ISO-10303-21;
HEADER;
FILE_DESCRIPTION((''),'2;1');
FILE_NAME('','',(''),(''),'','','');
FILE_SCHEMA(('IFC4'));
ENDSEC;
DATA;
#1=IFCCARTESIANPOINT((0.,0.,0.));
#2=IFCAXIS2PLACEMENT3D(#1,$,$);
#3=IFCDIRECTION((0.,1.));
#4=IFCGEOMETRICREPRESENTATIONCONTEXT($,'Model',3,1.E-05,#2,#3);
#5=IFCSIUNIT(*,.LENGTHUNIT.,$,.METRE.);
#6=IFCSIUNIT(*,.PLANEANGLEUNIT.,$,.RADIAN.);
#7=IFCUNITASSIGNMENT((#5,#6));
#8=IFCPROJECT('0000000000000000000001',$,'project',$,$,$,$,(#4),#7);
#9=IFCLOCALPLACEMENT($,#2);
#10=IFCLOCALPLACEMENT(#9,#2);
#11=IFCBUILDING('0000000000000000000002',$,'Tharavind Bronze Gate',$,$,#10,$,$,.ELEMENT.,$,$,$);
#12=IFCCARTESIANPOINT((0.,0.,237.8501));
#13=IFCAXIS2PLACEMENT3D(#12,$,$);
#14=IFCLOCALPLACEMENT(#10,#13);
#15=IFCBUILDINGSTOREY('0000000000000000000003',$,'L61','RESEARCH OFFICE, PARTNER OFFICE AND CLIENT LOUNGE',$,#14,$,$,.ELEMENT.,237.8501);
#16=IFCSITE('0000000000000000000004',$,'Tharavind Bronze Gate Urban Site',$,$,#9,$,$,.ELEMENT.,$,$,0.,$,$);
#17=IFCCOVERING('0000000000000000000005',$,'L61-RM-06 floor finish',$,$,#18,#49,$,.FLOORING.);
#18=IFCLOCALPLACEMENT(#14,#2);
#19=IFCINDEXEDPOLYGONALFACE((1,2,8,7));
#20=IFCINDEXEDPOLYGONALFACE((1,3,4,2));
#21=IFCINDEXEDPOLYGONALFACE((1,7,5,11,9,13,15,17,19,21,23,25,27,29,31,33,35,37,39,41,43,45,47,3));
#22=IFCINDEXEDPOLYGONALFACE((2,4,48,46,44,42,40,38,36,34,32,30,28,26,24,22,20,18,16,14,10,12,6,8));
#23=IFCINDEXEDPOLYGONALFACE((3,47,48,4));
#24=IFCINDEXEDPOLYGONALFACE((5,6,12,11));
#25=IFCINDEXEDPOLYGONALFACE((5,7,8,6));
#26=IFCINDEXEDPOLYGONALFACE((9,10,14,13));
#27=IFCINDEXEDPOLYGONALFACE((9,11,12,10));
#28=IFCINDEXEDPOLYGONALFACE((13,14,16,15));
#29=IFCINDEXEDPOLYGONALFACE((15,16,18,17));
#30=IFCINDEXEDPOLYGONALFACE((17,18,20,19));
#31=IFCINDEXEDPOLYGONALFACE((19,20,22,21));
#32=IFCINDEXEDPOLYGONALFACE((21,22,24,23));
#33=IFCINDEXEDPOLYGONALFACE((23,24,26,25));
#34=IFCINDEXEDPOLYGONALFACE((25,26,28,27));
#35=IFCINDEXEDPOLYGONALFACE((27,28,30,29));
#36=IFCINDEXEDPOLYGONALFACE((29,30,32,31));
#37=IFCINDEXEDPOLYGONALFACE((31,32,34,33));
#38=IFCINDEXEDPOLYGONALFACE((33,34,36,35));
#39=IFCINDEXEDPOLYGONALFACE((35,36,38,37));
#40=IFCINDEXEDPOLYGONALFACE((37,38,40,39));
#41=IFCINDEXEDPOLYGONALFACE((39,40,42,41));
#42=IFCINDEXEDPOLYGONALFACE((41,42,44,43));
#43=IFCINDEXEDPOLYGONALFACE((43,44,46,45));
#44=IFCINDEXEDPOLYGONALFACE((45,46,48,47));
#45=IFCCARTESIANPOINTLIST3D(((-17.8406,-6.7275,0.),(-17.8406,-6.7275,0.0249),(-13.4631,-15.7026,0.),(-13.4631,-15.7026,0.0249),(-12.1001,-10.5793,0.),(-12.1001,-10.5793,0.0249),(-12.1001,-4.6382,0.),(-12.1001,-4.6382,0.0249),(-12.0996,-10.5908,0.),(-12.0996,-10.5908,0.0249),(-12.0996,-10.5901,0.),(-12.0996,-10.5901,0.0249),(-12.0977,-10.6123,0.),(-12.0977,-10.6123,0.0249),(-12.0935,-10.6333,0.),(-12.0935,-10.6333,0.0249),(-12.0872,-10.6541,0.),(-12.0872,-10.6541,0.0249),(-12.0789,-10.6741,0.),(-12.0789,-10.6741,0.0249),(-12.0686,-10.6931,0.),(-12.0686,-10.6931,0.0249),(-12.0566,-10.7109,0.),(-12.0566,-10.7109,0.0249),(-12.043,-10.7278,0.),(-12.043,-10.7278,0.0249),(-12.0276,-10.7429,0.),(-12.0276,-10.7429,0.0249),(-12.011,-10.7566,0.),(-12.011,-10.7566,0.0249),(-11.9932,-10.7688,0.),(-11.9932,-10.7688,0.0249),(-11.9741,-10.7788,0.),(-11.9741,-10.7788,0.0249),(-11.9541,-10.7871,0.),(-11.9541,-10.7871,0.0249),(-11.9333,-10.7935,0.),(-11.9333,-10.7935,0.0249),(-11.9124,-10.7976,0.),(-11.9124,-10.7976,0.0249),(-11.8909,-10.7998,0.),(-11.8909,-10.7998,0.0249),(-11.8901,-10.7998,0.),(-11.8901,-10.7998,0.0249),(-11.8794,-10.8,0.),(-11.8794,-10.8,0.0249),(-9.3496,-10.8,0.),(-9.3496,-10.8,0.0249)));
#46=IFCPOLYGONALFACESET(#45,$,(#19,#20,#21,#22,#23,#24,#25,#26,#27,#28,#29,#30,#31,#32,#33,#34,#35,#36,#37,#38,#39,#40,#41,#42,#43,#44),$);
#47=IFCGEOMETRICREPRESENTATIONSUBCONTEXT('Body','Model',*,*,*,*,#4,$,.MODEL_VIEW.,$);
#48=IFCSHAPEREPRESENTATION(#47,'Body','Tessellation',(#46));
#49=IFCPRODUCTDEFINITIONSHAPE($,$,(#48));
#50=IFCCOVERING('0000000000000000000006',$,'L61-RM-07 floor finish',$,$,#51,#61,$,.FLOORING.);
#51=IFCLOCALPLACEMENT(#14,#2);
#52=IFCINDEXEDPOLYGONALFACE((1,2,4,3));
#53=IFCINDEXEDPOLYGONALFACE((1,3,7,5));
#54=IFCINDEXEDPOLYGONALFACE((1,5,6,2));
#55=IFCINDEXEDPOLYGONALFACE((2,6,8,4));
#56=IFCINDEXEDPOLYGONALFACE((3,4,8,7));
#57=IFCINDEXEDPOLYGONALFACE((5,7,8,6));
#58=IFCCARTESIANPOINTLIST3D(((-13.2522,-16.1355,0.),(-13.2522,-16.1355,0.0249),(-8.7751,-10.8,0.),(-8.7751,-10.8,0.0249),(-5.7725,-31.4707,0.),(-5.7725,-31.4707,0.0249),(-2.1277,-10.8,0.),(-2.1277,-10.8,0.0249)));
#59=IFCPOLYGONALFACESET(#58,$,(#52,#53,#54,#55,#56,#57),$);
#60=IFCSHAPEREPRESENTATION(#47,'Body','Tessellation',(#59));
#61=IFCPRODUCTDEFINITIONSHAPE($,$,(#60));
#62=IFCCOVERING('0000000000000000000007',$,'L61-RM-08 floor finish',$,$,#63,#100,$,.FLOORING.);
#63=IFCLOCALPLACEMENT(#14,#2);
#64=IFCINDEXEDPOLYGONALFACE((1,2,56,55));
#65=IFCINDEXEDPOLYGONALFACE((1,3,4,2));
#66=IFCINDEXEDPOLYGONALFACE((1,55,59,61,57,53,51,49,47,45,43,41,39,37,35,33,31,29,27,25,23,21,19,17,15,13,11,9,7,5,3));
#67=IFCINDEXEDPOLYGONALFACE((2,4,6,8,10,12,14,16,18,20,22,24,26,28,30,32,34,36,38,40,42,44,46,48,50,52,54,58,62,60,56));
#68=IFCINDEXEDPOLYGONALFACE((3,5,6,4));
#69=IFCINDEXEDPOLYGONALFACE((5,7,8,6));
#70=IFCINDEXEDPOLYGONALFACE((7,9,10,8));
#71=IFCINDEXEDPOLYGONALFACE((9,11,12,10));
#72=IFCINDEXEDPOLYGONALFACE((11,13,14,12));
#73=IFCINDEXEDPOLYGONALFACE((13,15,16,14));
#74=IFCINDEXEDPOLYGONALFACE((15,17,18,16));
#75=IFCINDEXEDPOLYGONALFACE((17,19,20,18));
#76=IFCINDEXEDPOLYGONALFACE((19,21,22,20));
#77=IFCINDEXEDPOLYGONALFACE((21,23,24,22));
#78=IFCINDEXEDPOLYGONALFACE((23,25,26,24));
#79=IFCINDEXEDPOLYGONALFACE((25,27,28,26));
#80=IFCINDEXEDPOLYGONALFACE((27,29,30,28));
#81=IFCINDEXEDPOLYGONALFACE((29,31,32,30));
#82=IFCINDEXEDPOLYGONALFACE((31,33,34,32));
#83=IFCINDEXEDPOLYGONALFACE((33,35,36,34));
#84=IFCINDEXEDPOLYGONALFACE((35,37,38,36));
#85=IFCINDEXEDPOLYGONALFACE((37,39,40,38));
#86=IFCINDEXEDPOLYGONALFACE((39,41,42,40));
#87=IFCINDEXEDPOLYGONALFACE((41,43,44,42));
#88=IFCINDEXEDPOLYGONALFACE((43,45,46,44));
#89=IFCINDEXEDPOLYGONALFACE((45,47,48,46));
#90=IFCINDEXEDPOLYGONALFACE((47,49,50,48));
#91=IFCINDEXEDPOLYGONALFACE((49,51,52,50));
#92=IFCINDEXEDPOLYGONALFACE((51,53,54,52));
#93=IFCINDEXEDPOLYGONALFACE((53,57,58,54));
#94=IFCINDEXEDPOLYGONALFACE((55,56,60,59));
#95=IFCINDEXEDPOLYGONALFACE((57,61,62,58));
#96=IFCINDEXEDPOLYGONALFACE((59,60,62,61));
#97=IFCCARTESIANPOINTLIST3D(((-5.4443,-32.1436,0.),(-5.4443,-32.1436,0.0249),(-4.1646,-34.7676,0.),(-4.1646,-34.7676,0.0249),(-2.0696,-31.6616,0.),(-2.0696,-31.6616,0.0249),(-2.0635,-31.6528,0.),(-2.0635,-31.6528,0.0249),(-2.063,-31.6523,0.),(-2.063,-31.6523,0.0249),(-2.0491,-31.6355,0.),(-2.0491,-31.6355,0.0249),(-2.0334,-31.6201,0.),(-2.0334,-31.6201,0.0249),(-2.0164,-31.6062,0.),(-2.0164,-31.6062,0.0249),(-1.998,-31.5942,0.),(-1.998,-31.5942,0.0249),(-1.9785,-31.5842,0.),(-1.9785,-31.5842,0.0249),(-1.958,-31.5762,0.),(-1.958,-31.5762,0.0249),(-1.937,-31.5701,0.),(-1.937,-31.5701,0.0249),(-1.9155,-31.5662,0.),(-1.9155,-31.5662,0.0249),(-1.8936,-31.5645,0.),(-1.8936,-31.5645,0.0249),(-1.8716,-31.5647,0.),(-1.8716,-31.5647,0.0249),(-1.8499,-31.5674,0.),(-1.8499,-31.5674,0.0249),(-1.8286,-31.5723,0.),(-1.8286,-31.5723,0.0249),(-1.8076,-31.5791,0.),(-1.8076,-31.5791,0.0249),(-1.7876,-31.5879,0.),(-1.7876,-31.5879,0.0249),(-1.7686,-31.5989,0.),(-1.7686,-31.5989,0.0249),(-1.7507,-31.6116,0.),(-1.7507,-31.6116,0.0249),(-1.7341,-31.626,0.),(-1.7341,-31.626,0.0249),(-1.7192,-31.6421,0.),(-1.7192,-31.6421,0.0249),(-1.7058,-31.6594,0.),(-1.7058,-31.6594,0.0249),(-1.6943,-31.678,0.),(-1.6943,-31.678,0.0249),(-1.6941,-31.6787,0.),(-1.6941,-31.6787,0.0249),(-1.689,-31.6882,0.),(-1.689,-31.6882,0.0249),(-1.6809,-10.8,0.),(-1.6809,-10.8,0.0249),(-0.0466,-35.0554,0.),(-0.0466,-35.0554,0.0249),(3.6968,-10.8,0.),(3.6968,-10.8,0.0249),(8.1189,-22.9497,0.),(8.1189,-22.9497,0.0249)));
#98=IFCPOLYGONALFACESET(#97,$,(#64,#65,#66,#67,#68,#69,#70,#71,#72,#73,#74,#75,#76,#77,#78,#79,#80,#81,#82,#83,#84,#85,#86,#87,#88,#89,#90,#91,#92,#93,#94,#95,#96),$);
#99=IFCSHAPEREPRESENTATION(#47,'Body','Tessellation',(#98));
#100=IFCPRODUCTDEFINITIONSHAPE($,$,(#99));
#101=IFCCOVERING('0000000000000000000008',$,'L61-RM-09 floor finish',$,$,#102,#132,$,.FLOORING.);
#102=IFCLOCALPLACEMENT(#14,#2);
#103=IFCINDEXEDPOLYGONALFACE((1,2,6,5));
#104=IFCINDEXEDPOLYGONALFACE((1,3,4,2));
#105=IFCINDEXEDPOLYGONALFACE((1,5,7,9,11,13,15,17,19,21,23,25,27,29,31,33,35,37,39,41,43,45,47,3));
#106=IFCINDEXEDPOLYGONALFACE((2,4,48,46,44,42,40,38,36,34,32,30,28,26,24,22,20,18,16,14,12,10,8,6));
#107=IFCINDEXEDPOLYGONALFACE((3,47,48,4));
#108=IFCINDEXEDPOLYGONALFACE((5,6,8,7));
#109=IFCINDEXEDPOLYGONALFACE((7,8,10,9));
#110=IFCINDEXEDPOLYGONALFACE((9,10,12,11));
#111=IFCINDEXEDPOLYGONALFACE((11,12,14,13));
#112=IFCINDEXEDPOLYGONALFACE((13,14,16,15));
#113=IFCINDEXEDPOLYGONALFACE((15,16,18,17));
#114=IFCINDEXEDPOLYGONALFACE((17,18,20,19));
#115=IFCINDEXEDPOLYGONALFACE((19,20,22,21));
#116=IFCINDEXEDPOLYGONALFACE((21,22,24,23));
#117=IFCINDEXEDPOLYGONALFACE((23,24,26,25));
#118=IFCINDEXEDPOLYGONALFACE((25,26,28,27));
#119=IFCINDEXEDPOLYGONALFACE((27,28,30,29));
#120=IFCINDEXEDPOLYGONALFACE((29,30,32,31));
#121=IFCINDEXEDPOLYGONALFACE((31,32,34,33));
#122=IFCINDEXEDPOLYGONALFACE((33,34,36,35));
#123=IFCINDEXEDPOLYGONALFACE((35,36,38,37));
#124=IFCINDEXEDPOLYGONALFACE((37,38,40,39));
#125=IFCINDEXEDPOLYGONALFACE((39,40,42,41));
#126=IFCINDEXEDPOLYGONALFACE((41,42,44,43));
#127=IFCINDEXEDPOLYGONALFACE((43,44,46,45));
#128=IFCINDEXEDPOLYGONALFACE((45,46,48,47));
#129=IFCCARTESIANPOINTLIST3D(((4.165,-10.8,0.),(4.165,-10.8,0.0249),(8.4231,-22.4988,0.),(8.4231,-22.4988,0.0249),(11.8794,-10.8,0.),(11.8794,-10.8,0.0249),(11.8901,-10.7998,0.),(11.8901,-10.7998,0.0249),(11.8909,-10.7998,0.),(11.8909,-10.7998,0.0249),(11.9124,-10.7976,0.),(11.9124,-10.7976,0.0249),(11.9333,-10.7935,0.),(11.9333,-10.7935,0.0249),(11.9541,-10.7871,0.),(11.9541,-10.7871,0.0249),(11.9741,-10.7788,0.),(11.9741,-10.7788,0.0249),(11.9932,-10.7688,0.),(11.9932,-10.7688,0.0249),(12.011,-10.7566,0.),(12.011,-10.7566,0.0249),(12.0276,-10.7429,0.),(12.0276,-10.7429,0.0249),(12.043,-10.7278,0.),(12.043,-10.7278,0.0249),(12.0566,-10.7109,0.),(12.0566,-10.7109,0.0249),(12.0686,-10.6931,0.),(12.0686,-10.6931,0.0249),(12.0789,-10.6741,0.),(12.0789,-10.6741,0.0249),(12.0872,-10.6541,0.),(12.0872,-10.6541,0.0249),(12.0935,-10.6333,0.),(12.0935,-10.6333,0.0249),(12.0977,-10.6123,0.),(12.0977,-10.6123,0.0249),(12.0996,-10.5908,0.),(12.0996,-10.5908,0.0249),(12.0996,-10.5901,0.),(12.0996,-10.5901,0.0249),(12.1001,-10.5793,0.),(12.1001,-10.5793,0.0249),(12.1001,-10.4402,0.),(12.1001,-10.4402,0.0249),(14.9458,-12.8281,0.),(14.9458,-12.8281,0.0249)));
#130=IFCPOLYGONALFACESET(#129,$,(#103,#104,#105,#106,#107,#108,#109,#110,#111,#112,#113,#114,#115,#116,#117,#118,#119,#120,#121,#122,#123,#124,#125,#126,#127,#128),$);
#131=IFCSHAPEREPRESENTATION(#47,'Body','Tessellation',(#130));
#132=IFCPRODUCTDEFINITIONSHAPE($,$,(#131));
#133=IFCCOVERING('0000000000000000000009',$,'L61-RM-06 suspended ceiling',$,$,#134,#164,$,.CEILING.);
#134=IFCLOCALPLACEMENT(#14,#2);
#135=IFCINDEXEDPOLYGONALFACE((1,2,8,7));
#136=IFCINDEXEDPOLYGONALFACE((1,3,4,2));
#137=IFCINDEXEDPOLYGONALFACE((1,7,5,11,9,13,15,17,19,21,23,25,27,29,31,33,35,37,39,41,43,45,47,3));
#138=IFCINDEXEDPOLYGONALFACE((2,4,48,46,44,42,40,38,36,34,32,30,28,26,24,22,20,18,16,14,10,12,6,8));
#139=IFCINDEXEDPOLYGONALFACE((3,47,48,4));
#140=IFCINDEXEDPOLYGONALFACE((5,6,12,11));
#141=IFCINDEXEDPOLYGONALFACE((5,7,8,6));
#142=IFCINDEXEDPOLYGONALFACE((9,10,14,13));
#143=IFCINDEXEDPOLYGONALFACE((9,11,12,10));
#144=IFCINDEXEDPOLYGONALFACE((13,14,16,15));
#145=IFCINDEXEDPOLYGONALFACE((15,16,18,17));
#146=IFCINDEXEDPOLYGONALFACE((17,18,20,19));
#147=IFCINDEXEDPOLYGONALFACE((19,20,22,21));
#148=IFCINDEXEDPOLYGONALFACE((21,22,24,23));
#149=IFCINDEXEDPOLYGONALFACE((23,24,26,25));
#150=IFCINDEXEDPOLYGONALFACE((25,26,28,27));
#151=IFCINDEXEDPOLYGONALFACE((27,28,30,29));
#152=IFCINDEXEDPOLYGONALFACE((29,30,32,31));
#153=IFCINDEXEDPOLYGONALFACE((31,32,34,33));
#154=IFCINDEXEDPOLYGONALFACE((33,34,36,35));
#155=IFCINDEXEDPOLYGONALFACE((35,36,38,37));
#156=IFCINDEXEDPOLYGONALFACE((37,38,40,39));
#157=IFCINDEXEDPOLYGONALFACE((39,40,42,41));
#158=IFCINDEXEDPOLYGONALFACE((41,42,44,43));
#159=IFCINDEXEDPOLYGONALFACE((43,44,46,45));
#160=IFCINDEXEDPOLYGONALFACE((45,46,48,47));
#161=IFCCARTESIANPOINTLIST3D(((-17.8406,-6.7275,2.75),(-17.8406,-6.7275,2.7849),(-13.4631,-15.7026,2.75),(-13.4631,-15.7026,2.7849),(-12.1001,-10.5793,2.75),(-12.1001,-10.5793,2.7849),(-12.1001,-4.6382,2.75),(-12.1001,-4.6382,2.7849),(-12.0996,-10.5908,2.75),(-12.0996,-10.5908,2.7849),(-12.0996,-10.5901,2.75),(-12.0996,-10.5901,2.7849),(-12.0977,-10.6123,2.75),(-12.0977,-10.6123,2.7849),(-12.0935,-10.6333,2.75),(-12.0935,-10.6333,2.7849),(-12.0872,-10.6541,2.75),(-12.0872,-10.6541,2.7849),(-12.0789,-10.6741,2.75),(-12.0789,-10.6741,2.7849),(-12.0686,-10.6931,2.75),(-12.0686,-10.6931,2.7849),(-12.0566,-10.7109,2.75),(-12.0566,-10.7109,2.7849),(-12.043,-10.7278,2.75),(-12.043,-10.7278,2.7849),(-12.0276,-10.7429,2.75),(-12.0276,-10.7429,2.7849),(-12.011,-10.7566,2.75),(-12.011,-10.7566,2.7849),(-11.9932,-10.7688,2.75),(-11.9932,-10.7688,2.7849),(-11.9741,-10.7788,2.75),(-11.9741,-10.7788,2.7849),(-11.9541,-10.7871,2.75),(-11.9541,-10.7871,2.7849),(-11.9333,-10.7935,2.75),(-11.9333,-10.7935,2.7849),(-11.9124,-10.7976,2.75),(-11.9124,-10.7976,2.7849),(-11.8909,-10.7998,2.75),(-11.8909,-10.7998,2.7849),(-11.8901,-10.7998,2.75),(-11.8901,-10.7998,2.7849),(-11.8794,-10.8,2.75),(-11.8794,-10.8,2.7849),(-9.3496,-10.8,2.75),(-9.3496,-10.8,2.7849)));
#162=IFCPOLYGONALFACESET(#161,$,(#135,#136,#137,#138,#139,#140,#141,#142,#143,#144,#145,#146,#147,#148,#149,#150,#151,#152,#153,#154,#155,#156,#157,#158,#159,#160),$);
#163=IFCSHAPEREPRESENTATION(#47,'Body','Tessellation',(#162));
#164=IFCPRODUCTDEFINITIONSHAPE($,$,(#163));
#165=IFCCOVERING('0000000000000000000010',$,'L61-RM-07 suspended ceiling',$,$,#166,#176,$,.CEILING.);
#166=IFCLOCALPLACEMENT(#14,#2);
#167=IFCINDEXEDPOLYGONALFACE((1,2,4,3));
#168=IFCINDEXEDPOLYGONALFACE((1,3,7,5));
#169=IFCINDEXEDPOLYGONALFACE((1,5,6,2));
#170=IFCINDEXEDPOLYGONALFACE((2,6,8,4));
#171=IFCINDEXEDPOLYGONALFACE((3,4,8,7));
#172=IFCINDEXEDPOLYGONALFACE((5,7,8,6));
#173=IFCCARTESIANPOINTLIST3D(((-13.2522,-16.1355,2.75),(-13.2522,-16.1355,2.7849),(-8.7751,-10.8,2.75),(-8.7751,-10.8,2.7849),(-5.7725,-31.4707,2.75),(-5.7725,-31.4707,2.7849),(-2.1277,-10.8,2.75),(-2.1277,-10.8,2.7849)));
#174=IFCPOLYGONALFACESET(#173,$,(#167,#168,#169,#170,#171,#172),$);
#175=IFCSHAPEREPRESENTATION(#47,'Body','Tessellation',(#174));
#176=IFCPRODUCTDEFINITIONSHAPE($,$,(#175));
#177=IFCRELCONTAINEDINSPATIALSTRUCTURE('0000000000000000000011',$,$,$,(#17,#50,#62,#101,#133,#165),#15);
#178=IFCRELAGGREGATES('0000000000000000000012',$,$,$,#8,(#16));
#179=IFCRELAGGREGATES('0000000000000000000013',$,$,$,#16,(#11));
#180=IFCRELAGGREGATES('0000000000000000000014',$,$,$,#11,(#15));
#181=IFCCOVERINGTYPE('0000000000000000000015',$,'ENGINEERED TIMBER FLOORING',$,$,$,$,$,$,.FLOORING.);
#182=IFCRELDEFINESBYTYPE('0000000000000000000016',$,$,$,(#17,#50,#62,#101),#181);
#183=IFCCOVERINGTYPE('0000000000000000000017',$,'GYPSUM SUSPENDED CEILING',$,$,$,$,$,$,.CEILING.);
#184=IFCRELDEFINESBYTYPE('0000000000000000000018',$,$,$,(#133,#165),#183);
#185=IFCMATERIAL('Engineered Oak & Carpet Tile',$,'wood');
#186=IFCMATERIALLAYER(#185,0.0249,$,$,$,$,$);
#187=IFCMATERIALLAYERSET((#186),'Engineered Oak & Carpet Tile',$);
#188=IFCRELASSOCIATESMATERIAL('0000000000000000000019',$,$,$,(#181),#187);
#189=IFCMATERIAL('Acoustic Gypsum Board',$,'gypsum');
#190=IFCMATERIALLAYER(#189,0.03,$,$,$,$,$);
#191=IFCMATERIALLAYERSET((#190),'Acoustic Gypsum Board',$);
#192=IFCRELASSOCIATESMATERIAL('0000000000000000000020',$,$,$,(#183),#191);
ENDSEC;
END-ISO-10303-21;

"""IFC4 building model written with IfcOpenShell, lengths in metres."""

from ifc_helpers import new_model, si_unit, direction, frame, origin, place, context, subcontext, project, spatial, polyline, outline, extrude, material, layer, layer_set, type_object, element, save


model = new_model("IFC4")

# Units and contexts
model_context = context("Model", 3, precision=1e-05, world=origin(), true_north=direction((0.0, 1.0)))
body_context = subcontext(model_context, "Body", "Model", "MODEL_VIEW")
ifc_project = project(units=[si_unit("LENGTHUNIT", "METRE"), si_unit("PLANEANGLEUNIT", "RADIAN")], contexts=[model_context])

# Site, building, storey
site_placement = place(None, origin())
site = spatial("IfcSite", under=ifc_project, at=site_placement, Name="Tharavind Bronze Gate Urban Site", CompositionType="ELEMENT", RefElevation=0.0)
building_placement = place(site_placement, origin())
building = spatial("IfcBuilding", under=site, at=building_placement, Name="Tharavind Bronze Gate", CompositionType="ELEMENT")
storey_placement = place(building_placement, frame((0.0, 0.0, 237.8501)))
storey = spatial("IfcBuildingStorey", under=building, at=storey_placement, Name="L61", Description="RESEARCH OFFICE, PARTNER OFFICE AND CLIENT LOUNGE", CompositionType="ELEMENT", Elevation=237.8501)

# Coverings
ifc_material_1 = material(Name="Engineered Oak & Carpet Tile", Category="wood")
ifc_layer_1 = layer(ifc_material_1, 0.0249)
ifc_layer_set_1 = layer_set([ifc_layer_1], Name="Engineered Oak & Carpet Tile")
covering_type_1 = type_object("IfcCoveringType", Name="ENGINEERED TIMBER FLOORING", PredefinedType="FLOORING", material=ifc_layer_set_1)
covering_1_placement = place(storey_placement, origin())
element("IfcCovering", 1, at=covering_1_placement, inside=storey, type_object=covering_type_1, Name="L61-RM-06 floor finish", PredefinedType="FLOORING", context=body_context, shape_type="SweptSolid", body=[
    extrude(outline(polyline([(-13.4631, -15.7026), (-9.3496, -10.8), (-11.8794, -10.8), (-11.8901, -10.7998), (-11.8909, -10.7998), (-11.9124, -10.7976), (-11.9333, -10.7935), (-11.9541, -10.7871), (-11.9741, -10.7788), (-11.9932, -10.7688), (-12.011, -10.7566), (-12.0276, -10.7429), (-12.043, -10.7278), (-12.0566, -10.7109), (-12.0686, -10.6931), (-12.0789, -10.6741), (-12.0872, -10.6541), (-12.0935, -10.6333), (-12.0977, -10.6123), (-12.0996, -10.5908), (-12.0996, -10.5901), (-12.1001, -10.5793), (-12.1001, -4.6382), (-17.8406, -6.7275), (-13.4631, -15.7026)])), origin(), (0.0, 0.0, 1.0), 0.0249),
])
covering_2_placement = place(storey_placement, origin())
element("IfcCovering", 2, at=covering_2_placement, inside=storey, type_object=covering_type_1, Name="L61-RM-07 floor finish", PredefinedType="FLOORING", context=body_context, shape_type="SweptSolid", body=[
    extrude(outline(polyline([(-5.7725, -31.4707), (-2.1277, -10.8), (-8.7751, -10.8), (-13.2522, -16.1355), (-5.7725, -31.4707)])), origin(), (0.0, 0.0, 1.0), 0.0249),
])
covering_3_placement = place(storey_placement, origin())
element("IfcCovering", 3, at=covering_3_placement, inside=storey, type_object=covering_type_1, Name="L61-RM-08 floor finish", PredefinedType="FLOORING", context=body_context, shape_type="SweptSolid", body=[
    extrude(outline(polyline([(-4.1646, -34.7676), (-2.0696, -31.6616), (-2.0635, -31.6528), (-2.063, -31.6523), (-2.0491, -31.6355), (-2.0334, -31.6201), (-2.0164, -31.6062), (-1.998, -31.5942), (-1.9785, -31.5842), (-1.958, -31.5762), (-1.937, -31.5701), (-1.9155, -31.5662), (-1.8936, -31.5645), (-1.8716, -31.5647), (-1.8499, -31.5674), (-1.8286, -31.5723), (-1.8076, -31.5791), (-1.7876, -31.5879), (-1.7686, -31.5989), (-1.7507, -31.6116), (-1.7341, -31.626), (-1.7192, -31.6421), (-1.7058, -31.6594), (-1.6943, -31.678), (-1.6941, -31.6787), (-1.689, -31.6882), (-0.0466, -35.0554), (8.1189, -22.9497), (3.6968, -10.8), (-1.6809, -10.8), (-5.4443, -32.1436), (-4.1646, -34.7676)])), origin(), (0.0, 0.0, 1.0), 0.0249),
])
covering_4_placement = place(storey_placement, origin())
element("IfcCovering", 4, at=covering_4_placement, inside=storey, type_object=covering_type_1, Name="L61-RM-09 floor finish", PredefinedType="FLOORING", context=body_context, shape_type="SweptSolid", body=[
    extrude(outline(polyline([(8.4231, -22.4988), (14.9458, -12.8281), (12.1001, -10.4402), (12.1001, -10.5793), (12.0996, -10.5901), (12.0996, -10.5908), (12.0977, -10.6123), (12.0935, -10.6333), (12.0872, -10.6541), (12.0789, -10.6741), (12.0686, -10.6931), (12.0566, -10.7109), (12.043, -10.7278), (12.0276, -10.7429), (12.011, -10.7566), (11.9932, -10.7688), (11.9741, -10.7788), (11.9541, -10.7871), (11.9333, -10.7935), (11.9124, -10.7976), (11.8909, -10.7998), (11.8901, -10.7998), (11.8794, -10.8), (4.165, -10.8), (8.4231, -22.4988)])), origin(), (0.0, 0.0, 1.0), 0.0249),
])
ifc_material_2 = material(Name="Acoustic Gypsum Board", Category="gypsum")
ifc_layer_2 = layer(ifc_material_2, 0.03)
ifc_layer_set_2 = layer_set([ifc_layer_2], Name="Acoustic Gypsum Board")
covering_type_2 = type_object("IfcCoveringType", Name="GYPSUM SUSPENDED CEILING", PredefinedType="CEILING", material=ifc_layer_set_2)
covering_5_placement = place(storey_placement, frame((0.0, 0.0, 2.75)))
element("IfcCovering", 5, at=covering_5_placement, inside=storey, type_object=covering_type_2, Name="L61-RM-06 suspended ceiling", PredefinedType="CEILING", context=body_context, shape_type="SweptSolid", body=[
    extrude(outline(polyline([(-13.4631, -15.7026), (-9.3496, -10.8), (-11.8794, -10.8), (-11.8901, -10.7998), (-11.8909, -10.7998), (-11.9124, -10.7976), (-11.9333, -10.7935), (-11.9541, -10.7871), (-11.9741, -10.7788), (-11.9932, -10.7688), (-12.011, -10.7566), (-12.0276, -10.7429), (-12.043, -10.7278), (-12.0566, -10.7109), (-12.0686, -10.6931), (-12.0789, -10.6741), (-12.0872, -10.6541), (-12.0935, -10.6333), (-12.0977, -10.6123), (-12.0996, -10.5908), (-12.0996, -10.5901), (-12.1001, -10.5793), (-12.1001, -4.6382), (-17.8406, -6.7275), (-13.4631, -15.7026)])), origin(), (0.0, 0.0, 1.0), 0.0349),
])
covering_6_placement = place(storey_placement, frame((0.0, 0.0, 2.75)))
element("IfcCovering", 6, at=covering_6_placement, inside=storey, type_object=covering_type_2, Name="L61-RM-07 suspended ceiling", PredefinedType="CEILING", context=body_context, shape_type="SweptSolid", body=[
    extrude(outline(polyline([(-5.7725, -31.4707), (-2.1277, -10.8), (-8.7751, -10.8), (-13.2522, -16.1355), (-5.7725, -31.4707)])), origin(), (0.0, 0.0, 1.0), 0.0349),
])

save(model, "model.ifc")
